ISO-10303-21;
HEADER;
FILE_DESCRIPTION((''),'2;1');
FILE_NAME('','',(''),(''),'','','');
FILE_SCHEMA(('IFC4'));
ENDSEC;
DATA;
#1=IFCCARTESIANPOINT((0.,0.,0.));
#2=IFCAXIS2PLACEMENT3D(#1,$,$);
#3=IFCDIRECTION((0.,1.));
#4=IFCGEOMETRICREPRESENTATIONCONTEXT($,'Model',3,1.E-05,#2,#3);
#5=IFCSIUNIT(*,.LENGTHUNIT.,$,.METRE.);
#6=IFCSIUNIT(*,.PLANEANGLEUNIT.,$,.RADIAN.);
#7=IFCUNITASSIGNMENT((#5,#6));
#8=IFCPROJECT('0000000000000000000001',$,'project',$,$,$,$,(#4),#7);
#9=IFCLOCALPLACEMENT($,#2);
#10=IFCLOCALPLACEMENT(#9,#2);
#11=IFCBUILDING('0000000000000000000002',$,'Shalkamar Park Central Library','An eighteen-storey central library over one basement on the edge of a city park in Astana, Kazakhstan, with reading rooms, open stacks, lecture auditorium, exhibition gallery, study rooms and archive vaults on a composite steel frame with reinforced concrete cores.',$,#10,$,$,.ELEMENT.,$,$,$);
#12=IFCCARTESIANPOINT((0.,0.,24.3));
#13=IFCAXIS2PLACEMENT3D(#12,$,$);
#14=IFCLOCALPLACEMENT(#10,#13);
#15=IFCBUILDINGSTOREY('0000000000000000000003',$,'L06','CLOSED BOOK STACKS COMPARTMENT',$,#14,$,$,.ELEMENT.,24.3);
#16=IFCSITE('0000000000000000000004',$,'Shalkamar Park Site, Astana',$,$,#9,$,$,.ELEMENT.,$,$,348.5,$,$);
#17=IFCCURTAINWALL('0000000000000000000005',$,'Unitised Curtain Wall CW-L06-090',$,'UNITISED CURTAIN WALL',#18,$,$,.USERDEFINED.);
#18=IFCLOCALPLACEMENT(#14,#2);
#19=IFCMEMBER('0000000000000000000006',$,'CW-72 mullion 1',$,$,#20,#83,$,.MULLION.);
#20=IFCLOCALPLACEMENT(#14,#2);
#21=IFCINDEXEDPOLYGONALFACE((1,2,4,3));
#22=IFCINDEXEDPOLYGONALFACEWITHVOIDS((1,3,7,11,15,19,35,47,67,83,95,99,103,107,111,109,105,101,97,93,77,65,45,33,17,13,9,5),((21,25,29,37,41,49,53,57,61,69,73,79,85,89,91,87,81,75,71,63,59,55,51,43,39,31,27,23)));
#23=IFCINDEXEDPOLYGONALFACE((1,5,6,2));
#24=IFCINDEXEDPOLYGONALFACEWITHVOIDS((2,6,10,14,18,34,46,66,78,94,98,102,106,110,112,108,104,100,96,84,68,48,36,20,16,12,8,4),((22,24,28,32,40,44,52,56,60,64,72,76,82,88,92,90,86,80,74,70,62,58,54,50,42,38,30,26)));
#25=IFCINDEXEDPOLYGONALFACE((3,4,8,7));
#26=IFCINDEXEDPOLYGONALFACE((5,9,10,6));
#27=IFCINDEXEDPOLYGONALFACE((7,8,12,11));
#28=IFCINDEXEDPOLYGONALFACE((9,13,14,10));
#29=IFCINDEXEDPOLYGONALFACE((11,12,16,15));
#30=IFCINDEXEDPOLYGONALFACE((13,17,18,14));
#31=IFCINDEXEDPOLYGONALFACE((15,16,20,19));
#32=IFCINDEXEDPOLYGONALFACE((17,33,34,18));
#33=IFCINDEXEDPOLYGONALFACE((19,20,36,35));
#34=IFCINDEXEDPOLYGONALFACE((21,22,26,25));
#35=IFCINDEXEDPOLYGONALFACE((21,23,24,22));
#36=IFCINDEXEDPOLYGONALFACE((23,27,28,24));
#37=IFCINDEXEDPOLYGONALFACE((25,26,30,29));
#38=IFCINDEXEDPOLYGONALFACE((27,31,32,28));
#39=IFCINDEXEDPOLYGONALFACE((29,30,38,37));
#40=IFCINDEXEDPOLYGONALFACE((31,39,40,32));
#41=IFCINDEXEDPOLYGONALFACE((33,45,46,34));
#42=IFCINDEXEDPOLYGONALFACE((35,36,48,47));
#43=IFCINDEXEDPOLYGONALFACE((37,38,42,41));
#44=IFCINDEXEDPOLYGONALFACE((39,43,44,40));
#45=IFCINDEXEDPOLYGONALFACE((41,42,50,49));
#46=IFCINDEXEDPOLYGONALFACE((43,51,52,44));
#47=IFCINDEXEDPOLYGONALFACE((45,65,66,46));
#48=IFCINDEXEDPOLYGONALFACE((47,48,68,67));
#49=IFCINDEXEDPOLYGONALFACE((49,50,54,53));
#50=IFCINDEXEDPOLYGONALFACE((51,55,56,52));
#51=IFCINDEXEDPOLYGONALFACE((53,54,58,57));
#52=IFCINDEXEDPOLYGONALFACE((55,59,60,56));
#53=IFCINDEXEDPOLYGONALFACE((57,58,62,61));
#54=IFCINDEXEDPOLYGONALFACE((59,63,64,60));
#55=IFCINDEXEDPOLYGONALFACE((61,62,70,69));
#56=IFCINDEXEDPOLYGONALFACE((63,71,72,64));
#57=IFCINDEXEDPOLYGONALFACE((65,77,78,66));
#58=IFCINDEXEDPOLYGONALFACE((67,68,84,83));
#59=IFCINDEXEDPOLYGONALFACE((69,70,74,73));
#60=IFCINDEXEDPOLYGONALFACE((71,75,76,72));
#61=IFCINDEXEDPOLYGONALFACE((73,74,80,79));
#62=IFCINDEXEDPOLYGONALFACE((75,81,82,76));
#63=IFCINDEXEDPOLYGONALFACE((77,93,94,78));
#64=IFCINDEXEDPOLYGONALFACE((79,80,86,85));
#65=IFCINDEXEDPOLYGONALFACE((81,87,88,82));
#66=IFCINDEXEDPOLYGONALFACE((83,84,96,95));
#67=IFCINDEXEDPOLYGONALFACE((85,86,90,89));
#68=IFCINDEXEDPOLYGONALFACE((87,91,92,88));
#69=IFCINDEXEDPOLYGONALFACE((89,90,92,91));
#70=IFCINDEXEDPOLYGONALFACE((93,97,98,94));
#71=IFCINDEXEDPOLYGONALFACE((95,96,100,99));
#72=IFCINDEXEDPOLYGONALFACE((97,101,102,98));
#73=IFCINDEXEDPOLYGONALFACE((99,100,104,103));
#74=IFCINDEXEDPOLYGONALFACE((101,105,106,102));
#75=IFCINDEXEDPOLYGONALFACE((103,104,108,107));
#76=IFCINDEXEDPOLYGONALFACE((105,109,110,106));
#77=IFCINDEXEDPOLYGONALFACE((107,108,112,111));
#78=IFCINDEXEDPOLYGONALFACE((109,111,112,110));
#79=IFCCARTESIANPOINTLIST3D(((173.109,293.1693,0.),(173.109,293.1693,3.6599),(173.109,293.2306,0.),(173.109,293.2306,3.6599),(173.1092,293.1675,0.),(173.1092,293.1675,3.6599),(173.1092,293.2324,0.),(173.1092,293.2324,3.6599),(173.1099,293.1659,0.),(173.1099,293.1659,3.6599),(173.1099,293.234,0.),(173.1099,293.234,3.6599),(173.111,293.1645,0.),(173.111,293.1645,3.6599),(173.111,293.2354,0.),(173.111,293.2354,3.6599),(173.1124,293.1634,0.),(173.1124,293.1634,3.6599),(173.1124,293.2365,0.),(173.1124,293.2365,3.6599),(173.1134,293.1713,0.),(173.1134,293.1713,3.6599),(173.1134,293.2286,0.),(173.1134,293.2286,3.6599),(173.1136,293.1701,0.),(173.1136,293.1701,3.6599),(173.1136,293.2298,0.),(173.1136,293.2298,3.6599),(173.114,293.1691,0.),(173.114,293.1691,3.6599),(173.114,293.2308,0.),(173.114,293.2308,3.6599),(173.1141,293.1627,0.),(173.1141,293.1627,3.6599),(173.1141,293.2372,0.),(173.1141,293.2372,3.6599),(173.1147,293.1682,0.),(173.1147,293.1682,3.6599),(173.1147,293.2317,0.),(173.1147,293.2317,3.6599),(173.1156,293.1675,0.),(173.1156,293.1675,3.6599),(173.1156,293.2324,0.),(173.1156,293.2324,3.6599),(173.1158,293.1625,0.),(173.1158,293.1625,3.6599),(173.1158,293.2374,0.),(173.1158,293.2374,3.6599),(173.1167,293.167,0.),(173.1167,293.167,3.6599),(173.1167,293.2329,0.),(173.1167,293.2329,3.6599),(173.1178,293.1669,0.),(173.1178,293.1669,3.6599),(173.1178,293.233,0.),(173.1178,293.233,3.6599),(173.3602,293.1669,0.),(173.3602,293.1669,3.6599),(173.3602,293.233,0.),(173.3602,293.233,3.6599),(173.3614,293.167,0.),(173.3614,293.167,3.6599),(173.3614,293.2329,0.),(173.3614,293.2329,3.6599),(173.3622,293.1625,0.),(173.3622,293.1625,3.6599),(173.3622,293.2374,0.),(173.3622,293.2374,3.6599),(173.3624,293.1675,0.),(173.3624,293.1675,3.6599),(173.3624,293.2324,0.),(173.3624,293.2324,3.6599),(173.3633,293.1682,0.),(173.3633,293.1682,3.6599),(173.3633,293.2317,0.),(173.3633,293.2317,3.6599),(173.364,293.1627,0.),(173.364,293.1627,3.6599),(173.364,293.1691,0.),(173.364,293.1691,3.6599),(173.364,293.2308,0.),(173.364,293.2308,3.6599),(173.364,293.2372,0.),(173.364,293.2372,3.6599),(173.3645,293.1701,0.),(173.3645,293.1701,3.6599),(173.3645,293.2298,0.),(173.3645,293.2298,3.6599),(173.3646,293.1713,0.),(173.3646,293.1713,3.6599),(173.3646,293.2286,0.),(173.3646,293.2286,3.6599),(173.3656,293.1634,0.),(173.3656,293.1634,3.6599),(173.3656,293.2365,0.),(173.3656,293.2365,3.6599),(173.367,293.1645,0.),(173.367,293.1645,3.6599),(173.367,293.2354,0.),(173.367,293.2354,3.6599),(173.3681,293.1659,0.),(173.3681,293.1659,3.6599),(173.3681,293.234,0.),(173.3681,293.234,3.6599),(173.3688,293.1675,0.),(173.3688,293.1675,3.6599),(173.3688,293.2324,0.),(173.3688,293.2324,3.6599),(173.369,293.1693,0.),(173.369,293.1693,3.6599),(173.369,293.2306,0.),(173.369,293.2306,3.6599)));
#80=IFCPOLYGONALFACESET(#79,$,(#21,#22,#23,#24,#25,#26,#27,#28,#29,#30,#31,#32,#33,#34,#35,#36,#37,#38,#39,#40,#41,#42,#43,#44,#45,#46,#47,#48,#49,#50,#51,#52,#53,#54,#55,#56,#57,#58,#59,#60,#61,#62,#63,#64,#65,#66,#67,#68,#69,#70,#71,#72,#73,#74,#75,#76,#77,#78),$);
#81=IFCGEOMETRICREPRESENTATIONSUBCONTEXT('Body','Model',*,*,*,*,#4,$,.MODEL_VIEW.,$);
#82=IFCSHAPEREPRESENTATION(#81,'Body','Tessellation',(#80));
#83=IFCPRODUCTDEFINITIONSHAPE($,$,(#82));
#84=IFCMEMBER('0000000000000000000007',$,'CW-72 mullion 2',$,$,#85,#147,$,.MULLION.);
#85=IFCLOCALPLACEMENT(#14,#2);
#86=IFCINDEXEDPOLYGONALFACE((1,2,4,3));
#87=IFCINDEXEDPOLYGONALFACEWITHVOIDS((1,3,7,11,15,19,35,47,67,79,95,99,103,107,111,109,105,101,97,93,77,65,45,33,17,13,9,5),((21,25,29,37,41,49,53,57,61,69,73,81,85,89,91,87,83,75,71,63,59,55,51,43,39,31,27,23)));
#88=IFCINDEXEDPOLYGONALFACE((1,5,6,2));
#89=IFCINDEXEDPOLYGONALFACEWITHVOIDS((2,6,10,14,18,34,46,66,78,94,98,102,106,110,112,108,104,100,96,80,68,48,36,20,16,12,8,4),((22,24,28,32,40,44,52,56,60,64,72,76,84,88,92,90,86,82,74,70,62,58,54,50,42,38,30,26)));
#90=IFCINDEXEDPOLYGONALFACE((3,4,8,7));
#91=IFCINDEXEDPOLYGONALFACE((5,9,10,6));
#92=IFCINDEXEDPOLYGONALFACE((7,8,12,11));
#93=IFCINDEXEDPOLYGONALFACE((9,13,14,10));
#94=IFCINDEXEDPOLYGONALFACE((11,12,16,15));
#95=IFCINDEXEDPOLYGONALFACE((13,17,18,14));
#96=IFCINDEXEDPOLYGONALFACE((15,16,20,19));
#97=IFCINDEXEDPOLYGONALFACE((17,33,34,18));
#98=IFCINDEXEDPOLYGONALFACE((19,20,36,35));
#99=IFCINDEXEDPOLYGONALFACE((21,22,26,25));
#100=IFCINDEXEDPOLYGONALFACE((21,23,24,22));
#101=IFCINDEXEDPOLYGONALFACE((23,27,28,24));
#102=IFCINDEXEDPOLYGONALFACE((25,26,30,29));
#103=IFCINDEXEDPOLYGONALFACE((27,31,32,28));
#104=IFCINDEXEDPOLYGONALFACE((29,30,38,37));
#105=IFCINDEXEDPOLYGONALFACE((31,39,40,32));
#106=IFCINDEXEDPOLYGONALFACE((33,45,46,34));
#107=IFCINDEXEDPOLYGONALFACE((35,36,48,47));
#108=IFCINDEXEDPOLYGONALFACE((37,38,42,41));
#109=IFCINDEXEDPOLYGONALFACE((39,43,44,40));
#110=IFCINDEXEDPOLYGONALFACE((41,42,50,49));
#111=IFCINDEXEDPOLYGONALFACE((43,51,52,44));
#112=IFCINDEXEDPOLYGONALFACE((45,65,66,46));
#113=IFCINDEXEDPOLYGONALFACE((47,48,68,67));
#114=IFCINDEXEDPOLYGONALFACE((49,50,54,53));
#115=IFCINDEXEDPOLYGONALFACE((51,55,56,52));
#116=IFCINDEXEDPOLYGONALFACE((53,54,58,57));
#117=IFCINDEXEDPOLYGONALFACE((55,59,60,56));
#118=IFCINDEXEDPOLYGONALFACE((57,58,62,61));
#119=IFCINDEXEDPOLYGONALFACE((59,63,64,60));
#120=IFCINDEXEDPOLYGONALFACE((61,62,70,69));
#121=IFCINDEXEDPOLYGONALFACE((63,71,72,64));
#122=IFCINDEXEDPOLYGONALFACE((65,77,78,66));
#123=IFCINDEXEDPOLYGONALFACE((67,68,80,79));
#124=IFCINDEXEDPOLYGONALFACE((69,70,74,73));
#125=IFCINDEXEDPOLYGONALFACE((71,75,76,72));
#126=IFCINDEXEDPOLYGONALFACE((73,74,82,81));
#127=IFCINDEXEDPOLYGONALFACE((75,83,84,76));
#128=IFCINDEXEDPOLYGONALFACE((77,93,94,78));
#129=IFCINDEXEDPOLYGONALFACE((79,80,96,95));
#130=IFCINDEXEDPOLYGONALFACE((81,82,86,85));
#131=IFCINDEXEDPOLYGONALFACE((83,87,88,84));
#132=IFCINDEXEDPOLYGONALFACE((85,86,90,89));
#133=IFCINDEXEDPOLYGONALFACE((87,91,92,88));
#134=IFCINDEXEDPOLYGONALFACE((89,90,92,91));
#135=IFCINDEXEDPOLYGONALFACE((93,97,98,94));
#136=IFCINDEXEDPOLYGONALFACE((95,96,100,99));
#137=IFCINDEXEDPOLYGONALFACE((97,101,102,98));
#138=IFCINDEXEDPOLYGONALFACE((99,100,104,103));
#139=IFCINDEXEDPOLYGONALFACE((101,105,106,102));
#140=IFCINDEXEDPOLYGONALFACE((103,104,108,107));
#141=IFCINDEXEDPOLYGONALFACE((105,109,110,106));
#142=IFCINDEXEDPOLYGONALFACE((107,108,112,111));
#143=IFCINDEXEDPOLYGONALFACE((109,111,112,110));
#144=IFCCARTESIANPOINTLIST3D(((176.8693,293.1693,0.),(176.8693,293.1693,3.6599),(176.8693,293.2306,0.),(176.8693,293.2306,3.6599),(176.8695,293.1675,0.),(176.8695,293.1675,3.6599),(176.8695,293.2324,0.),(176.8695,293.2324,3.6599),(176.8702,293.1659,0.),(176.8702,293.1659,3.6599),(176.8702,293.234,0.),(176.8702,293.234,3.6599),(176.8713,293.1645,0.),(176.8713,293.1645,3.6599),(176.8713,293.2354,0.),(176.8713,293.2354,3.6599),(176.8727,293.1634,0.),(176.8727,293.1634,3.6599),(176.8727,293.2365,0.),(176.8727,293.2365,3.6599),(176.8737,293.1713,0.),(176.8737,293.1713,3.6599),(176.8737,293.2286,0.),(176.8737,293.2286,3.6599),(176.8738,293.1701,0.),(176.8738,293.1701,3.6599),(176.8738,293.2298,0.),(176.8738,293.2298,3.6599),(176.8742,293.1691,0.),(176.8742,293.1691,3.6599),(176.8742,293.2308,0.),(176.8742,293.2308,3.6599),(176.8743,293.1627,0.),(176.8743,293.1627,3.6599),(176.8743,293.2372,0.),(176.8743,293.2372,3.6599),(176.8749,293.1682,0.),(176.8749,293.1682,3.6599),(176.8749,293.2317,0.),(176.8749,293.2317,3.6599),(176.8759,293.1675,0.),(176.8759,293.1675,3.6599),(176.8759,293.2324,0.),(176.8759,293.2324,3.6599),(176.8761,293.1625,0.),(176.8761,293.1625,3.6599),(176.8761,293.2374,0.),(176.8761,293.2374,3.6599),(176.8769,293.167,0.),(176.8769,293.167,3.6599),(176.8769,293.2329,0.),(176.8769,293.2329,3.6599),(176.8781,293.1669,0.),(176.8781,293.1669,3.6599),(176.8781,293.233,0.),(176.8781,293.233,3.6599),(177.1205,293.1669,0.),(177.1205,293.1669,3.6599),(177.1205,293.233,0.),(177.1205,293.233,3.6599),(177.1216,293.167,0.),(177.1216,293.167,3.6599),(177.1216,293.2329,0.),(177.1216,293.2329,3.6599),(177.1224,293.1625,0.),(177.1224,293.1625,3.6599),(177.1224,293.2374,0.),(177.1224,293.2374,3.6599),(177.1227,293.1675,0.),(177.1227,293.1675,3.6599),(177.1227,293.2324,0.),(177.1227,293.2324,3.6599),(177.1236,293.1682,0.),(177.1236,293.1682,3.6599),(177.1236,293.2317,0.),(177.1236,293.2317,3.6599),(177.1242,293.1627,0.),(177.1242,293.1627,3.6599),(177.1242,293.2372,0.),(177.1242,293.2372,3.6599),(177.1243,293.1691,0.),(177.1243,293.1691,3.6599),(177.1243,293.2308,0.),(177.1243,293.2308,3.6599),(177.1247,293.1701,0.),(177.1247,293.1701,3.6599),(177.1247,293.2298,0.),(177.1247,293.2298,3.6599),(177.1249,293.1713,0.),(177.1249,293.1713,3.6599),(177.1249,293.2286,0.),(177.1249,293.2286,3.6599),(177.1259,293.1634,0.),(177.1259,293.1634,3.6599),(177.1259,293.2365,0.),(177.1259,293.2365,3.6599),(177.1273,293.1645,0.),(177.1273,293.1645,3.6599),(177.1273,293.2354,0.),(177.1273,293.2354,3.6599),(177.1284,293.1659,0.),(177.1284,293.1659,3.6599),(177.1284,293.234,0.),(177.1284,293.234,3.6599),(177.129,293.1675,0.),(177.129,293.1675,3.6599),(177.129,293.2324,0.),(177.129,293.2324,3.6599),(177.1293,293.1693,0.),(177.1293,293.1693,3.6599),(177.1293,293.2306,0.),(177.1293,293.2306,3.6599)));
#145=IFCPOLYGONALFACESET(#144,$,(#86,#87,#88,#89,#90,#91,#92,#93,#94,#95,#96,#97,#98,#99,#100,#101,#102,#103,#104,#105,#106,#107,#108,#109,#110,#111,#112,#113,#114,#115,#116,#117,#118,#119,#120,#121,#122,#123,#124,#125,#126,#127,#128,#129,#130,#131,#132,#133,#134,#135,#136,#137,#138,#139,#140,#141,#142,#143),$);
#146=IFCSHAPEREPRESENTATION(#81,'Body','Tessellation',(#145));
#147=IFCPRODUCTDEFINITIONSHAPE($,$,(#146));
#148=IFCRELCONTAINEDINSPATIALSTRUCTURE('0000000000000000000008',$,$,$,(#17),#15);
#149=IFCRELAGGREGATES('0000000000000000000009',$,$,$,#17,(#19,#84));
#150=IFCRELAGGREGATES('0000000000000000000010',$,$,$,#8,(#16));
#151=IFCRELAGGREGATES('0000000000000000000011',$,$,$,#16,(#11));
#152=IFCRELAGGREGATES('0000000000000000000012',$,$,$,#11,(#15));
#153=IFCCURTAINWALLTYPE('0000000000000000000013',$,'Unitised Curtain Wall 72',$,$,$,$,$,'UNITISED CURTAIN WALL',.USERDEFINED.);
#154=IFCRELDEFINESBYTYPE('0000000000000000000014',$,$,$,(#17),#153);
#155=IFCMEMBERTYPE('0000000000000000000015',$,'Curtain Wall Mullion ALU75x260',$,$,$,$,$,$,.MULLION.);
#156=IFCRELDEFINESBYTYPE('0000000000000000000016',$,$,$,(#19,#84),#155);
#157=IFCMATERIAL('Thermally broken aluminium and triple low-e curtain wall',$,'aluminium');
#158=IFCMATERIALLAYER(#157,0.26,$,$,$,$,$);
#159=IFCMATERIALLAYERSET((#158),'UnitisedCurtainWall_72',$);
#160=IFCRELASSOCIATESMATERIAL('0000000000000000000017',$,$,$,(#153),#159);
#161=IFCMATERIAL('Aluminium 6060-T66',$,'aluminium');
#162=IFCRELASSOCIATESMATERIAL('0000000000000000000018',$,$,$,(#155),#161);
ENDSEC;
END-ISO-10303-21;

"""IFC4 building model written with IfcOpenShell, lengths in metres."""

from ifc_helpers import new_model, si_unit, direction, frame, origin, origin_2d, place, context, subcontext, project, spatial, hollow_rectangle, extrude, material, layer, layer_set, material_profile, profile_set, type_object, element, aggregate, save


model = new_model("IFC4")

# Units and contexts
model_context = context("Model", 3, precision=1e-05, world=origin(), true_north=direction((0.0, 1.0)))
body_context = subcontext(model_context, "Body", "Model", "MODEL_VIEW")
ifc_project = project(units=[si_unit("LENGTHUNIT", "METRE"), si_unit("PLANEANGLEUNIT", "RADIAN")], contexts=[model_context])

# Site, building, storey
site_placement = place(None, origin())
site = spatial("IfcSite", under=ifc_project, at=site_placement, Name="Shalkamar Park Site, Astana", CompositionType="ELEMENT", RefElevation=348.5)
building_placement = place(site_placement, origin())
building = spatial("IfcBuilding", under=site, at=building_placement, Name="Shalkamar Park Central Library", Description="An eighteen-storey central library over one basement on the edge of a city park in Astana, Kazakhstan, with reading rooms, open stacks, lecture auditorium, exhibition gallery, study rooms and archive vaults on a composite steel frame with reinforced concrete cores.", CompositionType="ELEMENT")
storey_placement = place(building_placement, frame((0.0, 0.0, 24.3)))
storey = spatial("IfcBuildingStorey", under=building, at=storey_placement, Name="L06", Description="CLOSED BOOK STACKS COMPARTMENT", CompositionType="ELEMENT", Elevation=24.3)

# Curtain wall, members
ifc_material_1 = material(Name="Thermally broken aluminium and triple low-e curtain wall", Category="aluminium")
ifc_material_2 = material(Name="Aluminium 6060-T66", Category="aluminium")
ifc_layer_1 = layer(ifc_material_1, 0.26)
ifc_layer_set_1 = layer_set([ifc_layer_1], Name="UnitisedCurtainWall_72")
curtain_wall_type_1 = type_object("IfcCurtainWallType", Name="Unitised Curtain Wall 72", ElementType="UNITISED CURTAIN WALL", PredefinedType="USERDEFINED", material=ifc_layer_set_1)
curtain_wall_1_placement = place(storey_placement, origin())
curtain_wall_1 = element("IfcCurtainWall", 1, at=curtain_wall_1_placement, inside=storey, type_object=curtain_wall_type_1, Name="Unitised Curtain Wall CW-L06-090", ObjectType="UNITISED CURTAIN WALL", PredefinedType="USERDEFINED")
ifc_material_profile_1 = material_profile(ifc_material_2, hollow_rectangle(XDim=0.075, YDim=0.26, WallThickness=0.0044, InnerFilletRadius=0.0044, OuterFilletRadius=0.0068, at=origin_2d()), Name="ALU 75x260x4.5")
ifc_profile_set_1 = profile_set([ifc_material_profile_1], Name="Aluminium 6060-T66")
member_type_1 = type_object("IfcMemberType", Name="Curtain Wall Mullion ALU75x260", PredefinedType="MULLION", material=ifc_profile_set_1)
member_1_placement = place(storey_placement, frame((173.239, 293.2, 0.0), z_axis=(0.0, 0.0, 1.0), x_axis=(0.0, 1.0, 0.0)))
member_1 = element("IfcMember", 2, at=member_1_placement, type_object=member_type_1, Name="CW-72 mullion 1", PredefinedType="MULLION", context=body_context, shape_type="SweptSolid", body=[
    extrude(hollow_rectangle(XDim=0.075, YDim=0.26, WallThickness=0.0044, InnerFilletRadius=0.0044, OuterFilletRadius=0.0068, at=origin_2d()), origin(), (0.0, 0.0, 1.0), 3.6599),
])
member_2_placement = place(storey_placement, frame((176.9993, 293.2, 0.0), z_axis=(0.0, 0.0, 1.0), x_axis=(0.0, 1.0, 0.0)))
member_2 = element("IfcMember", 3, at=member_2_placement, type_object=member_type_1, Name="CW-72 mullion 2", PredefinedType="MULLION", context=body_context, shape_type="SweptSolid", body=[
    extrude(hollow_rectangle(XDim=0.075, YDim=0.26, WallThickness=0.0044, InnerFilletRadius=0.0044, OuterFilletRadius=0.0068, at=origin_2d()), origin(), (0.0, 0.0, 1.0), 3.6599),
])

aggregate(curtain_wall_1, [member_1, member_2])

save(model, "model.ifc")
